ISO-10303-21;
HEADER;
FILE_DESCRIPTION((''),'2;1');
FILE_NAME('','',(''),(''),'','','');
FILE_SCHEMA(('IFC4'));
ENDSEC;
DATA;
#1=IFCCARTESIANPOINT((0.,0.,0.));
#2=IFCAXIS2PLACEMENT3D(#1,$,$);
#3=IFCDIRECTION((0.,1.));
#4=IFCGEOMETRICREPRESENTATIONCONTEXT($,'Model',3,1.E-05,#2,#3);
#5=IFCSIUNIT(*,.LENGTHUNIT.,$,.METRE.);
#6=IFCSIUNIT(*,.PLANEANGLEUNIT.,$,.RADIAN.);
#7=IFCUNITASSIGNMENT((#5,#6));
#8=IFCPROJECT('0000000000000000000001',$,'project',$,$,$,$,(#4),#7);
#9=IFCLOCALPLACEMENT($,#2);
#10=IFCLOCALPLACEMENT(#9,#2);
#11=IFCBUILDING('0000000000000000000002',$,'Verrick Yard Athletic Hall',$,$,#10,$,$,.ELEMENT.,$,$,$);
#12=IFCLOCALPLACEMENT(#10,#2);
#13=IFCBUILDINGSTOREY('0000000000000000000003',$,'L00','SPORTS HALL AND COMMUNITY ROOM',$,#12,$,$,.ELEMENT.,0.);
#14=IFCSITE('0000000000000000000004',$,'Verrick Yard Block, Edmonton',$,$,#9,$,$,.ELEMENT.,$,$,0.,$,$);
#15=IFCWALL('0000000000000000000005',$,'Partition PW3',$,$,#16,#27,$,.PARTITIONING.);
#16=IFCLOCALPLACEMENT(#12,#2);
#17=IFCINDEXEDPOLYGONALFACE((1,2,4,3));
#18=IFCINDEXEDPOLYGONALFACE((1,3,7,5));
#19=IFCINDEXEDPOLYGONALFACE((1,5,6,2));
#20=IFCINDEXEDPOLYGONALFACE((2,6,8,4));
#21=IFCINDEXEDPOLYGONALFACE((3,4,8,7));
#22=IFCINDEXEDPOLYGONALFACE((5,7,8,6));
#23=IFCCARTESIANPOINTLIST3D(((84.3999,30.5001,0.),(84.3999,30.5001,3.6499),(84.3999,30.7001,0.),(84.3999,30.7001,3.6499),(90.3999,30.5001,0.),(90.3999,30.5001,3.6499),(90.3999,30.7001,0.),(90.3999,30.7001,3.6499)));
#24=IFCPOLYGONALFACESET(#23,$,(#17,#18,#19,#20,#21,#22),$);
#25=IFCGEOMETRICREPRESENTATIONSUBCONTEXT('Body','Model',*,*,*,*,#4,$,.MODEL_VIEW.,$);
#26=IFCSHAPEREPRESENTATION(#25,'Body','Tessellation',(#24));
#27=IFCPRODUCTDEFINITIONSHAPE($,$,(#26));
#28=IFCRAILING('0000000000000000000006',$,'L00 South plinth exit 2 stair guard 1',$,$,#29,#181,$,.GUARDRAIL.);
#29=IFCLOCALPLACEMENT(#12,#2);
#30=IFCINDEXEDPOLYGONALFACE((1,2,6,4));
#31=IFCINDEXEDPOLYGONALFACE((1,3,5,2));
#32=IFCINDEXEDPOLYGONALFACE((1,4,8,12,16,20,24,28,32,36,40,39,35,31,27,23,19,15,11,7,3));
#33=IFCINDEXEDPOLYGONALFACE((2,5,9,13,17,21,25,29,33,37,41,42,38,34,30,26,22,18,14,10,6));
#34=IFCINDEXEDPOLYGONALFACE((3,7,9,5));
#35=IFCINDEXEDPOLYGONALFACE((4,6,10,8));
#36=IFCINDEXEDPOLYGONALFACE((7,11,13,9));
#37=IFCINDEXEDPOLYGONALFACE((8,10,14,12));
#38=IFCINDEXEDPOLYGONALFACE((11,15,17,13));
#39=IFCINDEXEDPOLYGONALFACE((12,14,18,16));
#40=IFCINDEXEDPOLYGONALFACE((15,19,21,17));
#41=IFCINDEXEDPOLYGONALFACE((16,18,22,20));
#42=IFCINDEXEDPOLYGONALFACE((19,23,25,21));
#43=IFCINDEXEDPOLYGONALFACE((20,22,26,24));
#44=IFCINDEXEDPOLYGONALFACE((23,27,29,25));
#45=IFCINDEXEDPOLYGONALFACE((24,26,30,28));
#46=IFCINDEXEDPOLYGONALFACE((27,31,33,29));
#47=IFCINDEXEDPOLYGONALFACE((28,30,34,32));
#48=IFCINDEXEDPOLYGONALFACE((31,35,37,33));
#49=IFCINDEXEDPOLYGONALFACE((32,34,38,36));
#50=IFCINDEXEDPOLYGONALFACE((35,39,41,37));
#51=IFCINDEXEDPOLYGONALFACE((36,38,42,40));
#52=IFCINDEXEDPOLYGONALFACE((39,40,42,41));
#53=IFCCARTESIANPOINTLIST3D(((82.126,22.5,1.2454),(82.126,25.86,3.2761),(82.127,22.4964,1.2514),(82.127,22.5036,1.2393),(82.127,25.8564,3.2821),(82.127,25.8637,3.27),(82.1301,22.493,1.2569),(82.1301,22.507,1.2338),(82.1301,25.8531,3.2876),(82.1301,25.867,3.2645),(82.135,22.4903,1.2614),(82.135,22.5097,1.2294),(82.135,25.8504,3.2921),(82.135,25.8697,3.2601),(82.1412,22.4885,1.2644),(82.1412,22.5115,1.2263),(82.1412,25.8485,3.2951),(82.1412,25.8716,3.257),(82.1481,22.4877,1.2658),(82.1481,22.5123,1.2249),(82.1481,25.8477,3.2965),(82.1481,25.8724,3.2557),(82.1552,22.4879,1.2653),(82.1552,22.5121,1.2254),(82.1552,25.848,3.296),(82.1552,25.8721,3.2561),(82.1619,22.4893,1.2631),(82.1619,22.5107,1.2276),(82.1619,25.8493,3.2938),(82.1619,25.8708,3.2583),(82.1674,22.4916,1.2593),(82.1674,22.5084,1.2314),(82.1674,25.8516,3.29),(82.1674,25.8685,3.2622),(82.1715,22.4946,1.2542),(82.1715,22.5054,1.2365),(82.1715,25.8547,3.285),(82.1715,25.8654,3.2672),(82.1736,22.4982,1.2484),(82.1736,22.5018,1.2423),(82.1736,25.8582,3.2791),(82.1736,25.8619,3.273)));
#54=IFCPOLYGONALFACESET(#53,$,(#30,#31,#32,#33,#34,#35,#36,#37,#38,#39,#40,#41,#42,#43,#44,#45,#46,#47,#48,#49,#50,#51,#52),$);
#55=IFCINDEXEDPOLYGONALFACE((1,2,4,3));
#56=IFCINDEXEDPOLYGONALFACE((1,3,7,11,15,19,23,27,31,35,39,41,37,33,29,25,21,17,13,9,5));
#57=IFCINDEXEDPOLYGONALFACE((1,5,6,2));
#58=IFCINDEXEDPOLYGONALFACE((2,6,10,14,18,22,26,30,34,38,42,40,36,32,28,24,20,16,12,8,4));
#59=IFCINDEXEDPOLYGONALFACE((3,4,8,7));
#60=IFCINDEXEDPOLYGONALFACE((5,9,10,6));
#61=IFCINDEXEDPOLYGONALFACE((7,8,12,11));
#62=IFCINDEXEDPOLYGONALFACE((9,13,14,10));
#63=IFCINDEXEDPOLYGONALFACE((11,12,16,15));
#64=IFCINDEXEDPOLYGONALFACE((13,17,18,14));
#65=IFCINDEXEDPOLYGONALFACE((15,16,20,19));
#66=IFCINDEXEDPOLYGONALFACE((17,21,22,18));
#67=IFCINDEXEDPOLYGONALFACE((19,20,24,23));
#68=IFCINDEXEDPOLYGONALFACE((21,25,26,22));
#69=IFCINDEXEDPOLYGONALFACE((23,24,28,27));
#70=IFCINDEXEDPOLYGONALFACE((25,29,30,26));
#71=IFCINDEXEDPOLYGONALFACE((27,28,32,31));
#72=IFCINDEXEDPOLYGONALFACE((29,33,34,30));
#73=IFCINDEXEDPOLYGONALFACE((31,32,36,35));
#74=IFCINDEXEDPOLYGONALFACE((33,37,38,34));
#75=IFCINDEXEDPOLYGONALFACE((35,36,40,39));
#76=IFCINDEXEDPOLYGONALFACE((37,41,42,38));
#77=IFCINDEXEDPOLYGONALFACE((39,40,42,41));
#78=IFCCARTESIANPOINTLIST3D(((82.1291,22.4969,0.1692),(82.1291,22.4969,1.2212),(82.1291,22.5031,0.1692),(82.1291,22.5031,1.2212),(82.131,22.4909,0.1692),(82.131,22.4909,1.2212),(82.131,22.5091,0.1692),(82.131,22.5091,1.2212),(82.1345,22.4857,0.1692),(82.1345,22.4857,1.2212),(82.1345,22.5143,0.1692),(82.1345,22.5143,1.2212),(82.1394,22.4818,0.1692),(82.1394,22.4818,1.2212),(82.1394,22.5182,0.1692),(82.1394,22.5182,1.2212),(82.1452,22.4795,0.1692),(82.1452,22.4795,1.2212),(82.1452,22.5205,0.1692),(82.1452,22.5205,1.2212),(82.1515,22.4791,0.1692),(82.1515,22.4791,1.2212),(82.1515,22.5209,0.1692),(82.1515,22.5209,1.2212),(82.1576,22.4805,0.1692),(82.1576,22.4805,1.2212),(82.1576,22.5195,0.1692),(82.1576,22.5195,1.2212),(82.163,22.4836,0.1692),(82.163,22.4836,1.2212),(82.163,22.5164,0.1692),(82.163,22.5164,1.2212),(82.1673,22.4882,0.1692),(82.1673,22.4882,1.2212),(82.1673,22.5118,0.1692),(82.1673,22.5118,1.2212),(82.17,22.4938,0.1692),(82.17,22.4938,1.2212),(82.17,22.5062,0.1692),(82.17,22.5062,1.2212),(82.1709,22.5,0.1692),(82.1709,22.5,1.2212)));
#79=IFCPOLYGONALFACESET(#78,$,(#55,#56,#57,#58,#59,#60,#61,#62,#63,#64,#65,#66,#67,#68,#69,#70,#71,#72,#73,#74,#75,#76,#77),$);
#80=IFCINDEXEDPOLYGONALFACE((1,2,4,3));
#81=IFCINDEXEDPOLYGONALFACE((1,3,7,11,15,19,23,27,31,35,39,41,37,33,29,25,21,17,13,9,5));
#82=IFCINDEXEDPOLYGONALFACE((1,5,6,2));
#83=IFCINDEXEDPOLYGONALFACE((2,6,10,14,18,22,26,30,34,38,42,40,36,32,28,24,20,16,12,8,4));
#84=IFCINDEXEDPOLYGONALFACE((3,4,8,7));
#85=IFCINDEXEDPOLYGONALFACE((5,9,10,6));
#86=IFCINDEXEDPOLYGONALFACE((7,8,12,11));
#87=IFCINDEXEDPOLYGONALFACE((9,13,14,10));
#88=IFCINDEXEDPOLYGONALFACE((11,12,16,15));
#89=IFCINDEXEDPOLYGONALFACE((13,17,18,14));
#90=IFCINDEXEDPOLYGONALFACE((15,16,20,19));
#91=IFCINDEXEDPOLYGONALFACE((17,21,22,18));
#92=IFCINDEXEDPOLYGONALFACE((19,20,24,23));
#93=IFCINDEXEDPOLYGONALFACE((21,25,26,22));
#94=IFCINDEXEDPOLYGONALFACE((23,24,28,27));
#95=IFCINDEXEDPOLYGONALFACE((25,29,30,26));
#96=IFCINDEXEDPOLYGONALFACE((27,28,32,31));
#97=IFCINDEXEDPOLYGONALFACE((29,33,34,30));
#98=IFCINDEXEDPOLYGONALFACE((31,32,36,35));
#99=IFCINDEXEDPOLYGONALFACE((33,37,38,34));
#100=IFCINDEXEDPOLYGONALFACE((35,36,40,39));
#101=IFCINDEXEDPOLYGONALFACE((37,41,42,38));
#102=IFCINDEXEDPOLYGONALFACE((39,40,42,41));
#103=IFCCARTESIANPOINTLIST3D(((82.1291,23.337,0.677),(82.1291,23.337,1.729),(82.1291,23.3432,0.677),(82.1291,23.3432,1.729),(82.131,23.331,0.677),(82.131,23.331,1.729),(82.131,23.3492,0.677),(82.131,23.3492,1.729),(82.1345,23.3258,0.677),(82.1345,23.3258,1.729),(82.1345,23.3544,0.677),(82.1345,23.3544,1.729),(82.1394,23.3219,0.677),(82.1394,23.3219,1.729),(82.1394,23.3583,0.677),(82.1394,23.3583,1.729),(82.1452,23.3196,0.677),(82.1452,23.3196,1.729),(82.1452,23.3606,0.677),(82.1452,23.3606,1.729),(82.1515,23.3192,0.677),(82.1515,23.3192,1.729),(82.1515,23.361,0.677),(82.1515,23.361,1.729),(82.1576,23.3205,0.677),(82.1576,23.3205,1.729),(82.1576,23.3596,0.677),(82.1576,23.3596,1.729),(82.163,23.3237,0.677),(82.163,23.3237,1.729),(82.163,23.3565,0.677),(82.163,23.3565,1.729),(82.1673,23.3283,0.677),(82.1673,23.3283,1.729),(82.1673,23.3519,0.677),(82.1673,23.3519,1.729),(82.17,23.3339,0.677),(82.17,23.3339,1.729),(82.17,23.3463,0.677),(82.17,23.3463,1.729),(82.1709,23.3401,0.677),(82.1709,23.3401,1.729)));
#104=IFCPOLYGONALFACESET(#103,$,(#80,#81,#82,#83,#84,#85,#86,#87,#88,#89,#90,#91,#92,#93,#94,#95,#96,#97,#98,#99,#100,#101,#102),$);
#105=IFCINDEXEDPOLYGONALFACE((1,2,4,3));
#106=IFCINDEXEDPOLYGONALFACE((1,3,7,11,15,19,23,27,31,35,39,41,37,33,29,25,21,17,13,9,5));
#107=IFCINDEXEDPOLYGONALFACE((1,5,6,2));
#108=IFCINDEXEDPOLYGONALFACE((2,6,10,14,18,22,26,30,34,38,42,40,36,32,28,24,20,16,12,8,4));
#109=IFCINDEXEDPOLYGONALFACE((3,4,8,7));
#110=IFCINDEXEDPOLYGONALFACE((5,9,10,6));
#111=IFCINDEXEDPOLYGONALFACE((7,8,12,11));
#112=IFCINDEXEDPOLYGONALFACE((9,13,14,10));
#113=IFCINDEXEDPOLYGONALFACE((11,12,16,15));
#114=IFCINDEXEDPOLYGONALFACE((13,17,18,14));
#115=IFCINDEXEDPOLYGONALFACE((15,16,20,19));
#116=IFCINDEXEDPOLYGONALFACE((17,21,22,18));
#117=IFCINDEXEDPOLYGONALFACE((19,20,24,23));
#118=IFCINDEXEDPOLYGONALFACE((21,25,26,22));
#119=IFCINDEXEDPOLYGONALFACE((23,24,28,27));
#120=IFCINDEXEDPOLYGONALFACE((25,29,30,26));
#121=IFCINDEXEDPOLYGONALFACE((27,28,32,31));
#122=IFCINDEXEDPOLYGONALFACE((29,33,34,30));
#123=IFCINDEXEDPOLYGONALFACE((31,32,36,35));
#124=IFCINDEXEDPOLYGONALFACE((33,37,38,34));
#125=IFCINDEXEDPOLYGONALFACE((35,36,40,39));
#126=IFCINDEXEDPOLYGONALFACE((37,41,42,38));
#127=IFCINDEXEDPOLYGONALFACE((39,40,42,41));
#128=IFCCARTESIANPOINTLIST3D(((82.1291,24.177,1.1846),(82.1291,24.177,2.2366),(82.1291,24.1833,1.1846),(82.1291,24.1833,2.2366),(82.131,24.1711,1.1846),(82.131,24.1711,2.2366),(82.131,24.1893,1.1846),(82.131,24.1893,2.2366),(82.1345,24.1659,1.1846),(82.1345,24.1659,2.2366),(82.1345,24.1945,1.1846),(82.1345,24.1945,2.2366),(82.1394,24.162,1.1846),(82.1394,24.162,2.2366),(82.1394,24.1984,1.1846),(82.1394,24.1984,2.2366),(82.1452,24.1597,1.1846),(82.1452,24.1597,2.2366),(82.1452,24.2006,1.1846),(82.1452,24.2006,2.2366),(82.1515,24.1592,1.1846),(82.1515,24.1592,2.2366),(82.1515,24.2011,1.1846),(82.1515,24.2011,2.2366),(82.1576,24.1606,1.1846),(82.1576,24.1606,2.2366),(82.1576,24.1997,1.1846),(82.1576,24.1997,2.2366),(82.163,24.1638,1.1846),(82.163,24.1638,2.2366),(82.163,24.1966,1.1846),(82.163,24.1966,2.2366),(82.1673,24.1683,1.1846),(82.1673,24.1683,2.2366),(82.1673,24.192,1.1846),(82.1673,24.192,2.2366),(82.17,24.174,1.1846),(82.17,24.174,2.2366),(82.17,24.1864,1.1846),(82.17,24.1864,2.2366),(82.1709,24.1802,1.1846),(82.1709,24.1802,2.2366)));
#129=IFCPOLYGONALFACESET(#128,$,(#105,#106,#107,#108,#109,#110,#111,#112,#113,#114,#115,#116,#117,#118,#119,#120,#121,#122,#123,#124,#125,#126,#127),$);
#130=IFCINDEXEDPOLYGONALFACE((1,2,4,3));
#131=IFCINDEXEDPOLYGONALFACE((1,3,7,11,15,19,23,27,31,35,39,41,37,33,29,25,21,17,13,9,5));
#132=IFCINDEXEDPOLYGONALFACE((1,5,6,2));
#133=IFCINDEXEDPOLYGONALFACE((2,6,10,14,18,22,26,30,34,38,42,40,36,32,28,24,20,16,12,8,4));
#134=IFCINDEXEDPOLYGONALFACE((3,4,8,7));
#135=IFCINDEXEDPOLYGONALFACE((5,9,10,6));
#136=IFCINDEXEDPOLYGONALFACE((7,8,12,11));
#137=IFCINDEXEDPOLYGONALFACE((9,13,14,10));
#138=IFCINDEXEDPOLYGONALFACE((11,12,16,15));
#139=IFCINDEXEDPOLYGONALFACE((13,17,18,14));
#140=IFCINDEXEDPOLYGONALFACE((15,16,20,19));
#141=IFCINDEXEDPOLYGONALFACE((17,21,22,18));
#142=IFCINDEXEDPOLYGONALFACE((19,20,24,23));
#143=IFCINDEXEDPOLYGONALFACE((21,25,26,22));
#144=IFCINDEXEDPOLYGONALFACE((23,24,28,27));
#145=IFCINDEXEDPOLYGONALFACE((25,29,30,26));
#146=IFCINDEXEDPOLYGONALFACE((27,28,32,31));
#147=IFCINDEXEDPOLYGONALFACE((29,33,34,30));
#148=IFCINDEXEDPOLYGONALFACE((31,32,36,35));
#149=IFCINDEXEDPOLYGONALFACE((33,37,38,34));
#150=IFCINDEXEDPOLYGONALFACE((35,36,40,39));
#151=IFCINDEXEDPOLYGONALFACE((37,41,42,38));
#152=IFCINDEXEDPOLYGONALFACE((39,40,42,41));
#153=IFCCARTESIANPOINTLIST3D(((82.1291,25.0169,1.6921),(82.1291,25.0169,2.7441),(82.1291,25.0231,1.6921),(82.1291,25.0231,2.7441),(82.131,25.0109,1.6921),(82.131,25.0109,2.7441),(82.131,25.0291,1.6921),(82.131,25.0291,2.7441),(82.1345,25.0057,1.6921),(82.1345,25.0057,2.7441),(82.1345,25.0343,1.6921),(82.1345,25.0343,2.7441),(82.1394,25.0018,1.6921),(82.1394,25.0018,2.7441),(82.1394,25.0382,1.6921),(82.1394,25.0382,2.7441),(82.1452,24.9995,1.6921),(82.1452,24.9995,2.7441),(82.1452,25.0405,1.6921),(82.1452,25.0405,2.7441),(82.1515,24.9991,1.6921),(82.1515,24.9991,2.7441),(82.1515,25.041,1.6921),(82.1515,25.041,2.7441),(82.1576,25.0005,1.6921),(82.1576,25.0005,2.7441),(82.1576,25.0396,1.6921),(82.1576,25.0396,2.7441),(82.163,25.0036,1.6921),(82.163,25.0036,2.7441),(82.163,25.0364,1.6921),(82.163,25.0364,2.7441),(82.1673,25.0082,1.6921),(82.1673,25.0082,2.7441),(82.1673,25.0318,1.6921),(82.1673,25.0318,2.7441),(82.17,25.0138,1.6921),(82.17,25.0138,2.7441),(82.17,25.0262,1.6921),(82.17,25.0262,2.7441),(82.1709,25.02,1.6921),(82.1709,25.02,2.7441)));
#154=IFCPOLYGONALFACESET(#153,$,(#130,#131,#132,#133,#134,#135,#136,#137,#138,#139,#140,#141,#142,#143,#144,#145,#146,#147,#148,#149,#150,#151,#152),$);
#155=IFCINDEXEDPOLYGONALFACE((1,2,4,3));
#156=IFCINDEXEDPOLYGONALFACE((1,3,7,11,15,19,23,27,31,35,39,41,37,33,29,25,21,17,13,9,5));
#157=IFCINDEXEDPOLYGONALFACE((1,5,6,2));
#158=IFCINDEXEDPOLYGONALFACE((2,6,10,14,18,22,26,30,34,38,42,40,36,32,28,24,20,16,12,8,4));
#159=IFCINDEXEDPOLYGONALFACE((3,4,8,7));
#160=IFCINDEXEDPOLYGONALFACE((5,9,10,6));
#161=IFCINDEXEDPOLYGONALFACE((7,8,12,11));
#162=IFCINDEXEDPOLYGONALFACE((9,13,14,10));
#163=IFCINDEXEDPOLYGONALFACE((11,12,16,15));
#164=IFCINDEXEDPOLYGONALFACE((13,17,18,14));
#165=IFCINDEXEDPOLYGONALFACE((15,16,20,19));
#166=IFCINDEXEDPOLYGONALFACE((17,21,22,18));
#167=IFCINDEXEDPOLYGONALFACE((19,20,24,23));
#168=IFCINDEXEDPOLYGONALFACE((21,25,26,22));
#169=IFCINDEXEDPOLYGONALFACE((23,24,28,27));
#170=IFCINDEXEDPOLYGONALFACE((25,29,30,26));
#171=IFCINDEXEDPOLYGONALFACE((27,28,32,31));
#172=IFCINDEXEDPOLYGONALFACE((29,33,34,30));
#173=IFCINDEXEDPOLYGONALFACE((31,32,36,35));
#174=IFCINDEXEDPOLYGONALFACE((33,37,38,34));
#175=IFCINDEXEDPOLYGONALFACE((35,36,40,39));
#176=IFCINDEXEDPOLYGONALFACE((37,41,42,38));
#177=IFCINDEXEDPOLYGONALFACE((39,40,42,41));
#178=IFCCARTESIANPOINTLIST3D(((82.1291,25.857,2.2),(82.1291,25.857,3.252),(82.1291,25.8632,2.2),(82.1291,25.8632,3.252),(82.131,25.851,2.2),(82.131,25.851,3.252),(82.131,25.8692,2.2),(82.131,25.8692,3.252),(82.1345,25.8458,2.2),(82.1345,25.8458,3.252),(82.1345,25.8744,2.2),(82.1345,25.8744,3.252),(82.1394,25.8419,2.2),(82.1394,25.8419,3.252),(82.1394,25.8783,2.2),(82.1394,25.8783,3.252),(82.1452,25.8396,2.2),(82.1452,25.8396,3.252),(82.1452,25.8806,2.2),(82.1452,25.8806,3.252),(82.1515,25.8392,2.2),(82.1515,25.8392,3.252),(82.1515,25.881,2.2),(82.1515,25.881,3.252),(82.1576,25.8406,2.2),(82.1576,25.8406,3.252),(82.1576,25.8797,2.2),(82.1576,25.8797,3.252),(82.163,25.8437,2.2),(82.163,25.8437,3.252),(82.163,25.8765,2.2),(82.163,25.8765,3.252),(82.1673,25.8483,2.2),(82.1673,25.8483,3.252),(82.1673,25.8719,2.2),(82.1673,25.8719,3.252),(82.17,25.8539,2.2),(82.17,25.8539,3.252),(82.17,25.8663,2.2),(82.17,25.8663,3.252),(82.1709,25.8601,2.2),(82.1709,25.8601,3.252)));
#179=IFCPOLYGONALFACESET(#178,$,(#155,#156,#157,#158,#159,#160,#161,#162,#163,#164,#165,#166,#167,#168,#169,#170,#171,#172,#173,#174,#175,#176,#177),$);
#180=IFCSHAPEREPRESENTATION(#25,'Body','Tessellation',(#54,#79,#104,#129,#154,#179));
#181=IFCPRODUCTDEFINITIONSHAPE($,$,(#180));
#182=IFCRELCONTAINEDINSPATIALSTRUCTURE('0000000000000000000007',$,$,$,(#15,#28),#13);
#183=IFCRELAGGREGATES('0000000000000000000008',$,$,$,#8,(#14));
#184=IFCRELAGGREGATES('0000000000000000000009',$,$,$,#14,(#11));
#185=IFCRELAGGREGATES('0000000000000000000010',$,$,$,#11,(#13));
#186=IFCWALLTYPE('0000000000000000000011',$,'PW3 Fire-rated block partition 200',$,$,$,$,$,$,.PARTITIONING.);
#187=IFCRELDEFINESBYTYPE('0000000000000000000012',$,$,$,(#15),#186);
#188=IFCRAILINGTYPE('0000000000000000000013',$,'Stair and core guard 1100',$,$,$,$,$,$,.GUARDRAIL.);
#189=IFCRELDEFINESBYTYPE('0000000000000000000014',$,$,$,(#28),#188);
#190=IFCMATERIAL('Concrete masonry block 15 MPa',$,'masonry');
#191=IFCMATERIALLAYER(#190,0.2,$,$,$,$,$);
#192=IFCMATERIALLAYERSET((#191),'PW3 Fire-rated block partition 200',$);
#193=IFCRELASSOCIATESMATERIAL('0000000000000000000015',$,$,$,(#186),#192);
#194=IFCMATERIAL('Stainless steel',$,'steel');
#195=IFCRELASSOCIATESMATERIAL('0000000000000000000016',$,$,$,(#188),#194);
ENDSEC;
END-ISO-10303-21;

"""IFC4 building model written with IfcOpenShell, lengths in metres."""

from ifc_helpers import new_model, si_unit, direction, frame, frame_2d, origin, origin_2d, place, context, subcontext, project, spatial, rectangle, circle, extrude, material, layer, layer_set, type_object, element, save


model = new_model("IFC4")

# Units and contexts
model_context = context("Model", 3, precision=1e-05, world=origin(), true_north=direction((0.0, 1.0)))
body_context = subcontext(model_context, "Body", "Model", "MODEL_VIEW")
ifc_project = project(units=[si_unit("LENGTHUNIT", "METRE"), si_unit("PLANEANGLEUNIT", "RADIAN")], contexts=[model_context])

# Site, building, storey
site_placement = place(None, origin())
site = spatial("IfcSite", under=ifc_project, at=site_placement, Name="Verrick Yard Block, Edmonton", CompositionType="ELEMENT", RefElevation=0.0)
building_placement = place(site_placement, origin())
building = spatial("IfcBuilding", under=site, at=building_placement, Name="Verrick Yard Athletic Hall", CompositionType="ELEMENT")
storey_placement = place(building_placement, origin())
storey = spatial("IfcBuildingStorey", under=building, at=storey_placement, Name="L00", Description="SPORTS HALL AND COMMUNITY ROOM", CompositionType="ELEMENT", Elevation=0.0)

# Shared definitions
ifc_material_1 = material(Name="Concrete masonry block 15 MPa", Category="masonry")

# Wall
ifc_layer_1 = layer(ifc_material_1, 0.2)
ifc_layer_set_1 = layer_set([ifc_layer_1], Name="PW3 Fire-rated block partition 200")
wall_type_1 = type_object("IfcWallType", Name="PW3 Fire-rated block partition 200", PredefinedType="PARTITIONING", material=ifc_layer_set_1)
wall_1_placement = place(storey_placement, frame((84.3999, 30.6001, 0.0), z_axis=(0.0, 0.0, 1.0), x_axis=(1.0, 0.0, 0.0)))
element("IfcWall", 1, at=wall_1_placement, inside=storey, type_object=wall_type_1, Name="Partition PW3", PredefinedType="PARTITIONING", context=body_context, shape_type="SweptSolid", body=[
    extrude(rectangle(XDim=6.0, YDim=0.2, at=frame_2d((3.0, 0.0))), origin(), (0.0, 0.0, 1.0), 3.6499),
])

# Railing
ifc_material_2 = material(Name="Stainless steel", Category="steel")
railing_type_1 = type_object("IfcRailingType", Name="Stair and core guard 1100", PredefinedType="GUARDRAIL", material=ifc_material_2)
railing_1_placement = place(storey_placement, frame((82.1499, 22.5, 0.1692)))
element("IfcRailing", 2, at=railing_1_placement, inside=storey, type_object=railing_type_1, Name="L00 South plinth exit 2 stair guard 1", PredefinedType="GUARDRAIL", context=body_context, shape_type="SweptSolid", body=[
    extrude(circle(Radius=0.0239, at=origin_2d()), frame((0.0, 0.0, 1.0762), z_axis=(0.0, 0.855837, 0.517246), x_axis=(-1.0, 0.0, 0.0)), (0.0, 0.0, 1.0), 3.926),
    extrude(circle(Radius=0.021, at=origin_2d()), origin(), (0.0, 0.0, 1.0), 1.052),
    extrude(circle(Radius=0.021, at=origin_2d()), frame((0.0, 0.8401, 0.5078)), (0.0, 0.0, 1.0), 1.052),
    extrude(circle(Radius=0.021, at=origin_2d()), frame((0.0, 1.6802, 1.0154)), (0.0, 0.0, 1.0), 1.052),
    extrude(circle(Radius=0.021, at=origin_2d()), frame((0.0, 2.52, 1.5229)), (0.0, 0.0, 1.0), 1.052),
    extrude(circle(Radius=0.021, at=origin_2d()), frame((0.0, 3.3601, 2.0308)), (0.0, 0.0, 1.0), 1.052),
])

save(model, "model.ifc")
